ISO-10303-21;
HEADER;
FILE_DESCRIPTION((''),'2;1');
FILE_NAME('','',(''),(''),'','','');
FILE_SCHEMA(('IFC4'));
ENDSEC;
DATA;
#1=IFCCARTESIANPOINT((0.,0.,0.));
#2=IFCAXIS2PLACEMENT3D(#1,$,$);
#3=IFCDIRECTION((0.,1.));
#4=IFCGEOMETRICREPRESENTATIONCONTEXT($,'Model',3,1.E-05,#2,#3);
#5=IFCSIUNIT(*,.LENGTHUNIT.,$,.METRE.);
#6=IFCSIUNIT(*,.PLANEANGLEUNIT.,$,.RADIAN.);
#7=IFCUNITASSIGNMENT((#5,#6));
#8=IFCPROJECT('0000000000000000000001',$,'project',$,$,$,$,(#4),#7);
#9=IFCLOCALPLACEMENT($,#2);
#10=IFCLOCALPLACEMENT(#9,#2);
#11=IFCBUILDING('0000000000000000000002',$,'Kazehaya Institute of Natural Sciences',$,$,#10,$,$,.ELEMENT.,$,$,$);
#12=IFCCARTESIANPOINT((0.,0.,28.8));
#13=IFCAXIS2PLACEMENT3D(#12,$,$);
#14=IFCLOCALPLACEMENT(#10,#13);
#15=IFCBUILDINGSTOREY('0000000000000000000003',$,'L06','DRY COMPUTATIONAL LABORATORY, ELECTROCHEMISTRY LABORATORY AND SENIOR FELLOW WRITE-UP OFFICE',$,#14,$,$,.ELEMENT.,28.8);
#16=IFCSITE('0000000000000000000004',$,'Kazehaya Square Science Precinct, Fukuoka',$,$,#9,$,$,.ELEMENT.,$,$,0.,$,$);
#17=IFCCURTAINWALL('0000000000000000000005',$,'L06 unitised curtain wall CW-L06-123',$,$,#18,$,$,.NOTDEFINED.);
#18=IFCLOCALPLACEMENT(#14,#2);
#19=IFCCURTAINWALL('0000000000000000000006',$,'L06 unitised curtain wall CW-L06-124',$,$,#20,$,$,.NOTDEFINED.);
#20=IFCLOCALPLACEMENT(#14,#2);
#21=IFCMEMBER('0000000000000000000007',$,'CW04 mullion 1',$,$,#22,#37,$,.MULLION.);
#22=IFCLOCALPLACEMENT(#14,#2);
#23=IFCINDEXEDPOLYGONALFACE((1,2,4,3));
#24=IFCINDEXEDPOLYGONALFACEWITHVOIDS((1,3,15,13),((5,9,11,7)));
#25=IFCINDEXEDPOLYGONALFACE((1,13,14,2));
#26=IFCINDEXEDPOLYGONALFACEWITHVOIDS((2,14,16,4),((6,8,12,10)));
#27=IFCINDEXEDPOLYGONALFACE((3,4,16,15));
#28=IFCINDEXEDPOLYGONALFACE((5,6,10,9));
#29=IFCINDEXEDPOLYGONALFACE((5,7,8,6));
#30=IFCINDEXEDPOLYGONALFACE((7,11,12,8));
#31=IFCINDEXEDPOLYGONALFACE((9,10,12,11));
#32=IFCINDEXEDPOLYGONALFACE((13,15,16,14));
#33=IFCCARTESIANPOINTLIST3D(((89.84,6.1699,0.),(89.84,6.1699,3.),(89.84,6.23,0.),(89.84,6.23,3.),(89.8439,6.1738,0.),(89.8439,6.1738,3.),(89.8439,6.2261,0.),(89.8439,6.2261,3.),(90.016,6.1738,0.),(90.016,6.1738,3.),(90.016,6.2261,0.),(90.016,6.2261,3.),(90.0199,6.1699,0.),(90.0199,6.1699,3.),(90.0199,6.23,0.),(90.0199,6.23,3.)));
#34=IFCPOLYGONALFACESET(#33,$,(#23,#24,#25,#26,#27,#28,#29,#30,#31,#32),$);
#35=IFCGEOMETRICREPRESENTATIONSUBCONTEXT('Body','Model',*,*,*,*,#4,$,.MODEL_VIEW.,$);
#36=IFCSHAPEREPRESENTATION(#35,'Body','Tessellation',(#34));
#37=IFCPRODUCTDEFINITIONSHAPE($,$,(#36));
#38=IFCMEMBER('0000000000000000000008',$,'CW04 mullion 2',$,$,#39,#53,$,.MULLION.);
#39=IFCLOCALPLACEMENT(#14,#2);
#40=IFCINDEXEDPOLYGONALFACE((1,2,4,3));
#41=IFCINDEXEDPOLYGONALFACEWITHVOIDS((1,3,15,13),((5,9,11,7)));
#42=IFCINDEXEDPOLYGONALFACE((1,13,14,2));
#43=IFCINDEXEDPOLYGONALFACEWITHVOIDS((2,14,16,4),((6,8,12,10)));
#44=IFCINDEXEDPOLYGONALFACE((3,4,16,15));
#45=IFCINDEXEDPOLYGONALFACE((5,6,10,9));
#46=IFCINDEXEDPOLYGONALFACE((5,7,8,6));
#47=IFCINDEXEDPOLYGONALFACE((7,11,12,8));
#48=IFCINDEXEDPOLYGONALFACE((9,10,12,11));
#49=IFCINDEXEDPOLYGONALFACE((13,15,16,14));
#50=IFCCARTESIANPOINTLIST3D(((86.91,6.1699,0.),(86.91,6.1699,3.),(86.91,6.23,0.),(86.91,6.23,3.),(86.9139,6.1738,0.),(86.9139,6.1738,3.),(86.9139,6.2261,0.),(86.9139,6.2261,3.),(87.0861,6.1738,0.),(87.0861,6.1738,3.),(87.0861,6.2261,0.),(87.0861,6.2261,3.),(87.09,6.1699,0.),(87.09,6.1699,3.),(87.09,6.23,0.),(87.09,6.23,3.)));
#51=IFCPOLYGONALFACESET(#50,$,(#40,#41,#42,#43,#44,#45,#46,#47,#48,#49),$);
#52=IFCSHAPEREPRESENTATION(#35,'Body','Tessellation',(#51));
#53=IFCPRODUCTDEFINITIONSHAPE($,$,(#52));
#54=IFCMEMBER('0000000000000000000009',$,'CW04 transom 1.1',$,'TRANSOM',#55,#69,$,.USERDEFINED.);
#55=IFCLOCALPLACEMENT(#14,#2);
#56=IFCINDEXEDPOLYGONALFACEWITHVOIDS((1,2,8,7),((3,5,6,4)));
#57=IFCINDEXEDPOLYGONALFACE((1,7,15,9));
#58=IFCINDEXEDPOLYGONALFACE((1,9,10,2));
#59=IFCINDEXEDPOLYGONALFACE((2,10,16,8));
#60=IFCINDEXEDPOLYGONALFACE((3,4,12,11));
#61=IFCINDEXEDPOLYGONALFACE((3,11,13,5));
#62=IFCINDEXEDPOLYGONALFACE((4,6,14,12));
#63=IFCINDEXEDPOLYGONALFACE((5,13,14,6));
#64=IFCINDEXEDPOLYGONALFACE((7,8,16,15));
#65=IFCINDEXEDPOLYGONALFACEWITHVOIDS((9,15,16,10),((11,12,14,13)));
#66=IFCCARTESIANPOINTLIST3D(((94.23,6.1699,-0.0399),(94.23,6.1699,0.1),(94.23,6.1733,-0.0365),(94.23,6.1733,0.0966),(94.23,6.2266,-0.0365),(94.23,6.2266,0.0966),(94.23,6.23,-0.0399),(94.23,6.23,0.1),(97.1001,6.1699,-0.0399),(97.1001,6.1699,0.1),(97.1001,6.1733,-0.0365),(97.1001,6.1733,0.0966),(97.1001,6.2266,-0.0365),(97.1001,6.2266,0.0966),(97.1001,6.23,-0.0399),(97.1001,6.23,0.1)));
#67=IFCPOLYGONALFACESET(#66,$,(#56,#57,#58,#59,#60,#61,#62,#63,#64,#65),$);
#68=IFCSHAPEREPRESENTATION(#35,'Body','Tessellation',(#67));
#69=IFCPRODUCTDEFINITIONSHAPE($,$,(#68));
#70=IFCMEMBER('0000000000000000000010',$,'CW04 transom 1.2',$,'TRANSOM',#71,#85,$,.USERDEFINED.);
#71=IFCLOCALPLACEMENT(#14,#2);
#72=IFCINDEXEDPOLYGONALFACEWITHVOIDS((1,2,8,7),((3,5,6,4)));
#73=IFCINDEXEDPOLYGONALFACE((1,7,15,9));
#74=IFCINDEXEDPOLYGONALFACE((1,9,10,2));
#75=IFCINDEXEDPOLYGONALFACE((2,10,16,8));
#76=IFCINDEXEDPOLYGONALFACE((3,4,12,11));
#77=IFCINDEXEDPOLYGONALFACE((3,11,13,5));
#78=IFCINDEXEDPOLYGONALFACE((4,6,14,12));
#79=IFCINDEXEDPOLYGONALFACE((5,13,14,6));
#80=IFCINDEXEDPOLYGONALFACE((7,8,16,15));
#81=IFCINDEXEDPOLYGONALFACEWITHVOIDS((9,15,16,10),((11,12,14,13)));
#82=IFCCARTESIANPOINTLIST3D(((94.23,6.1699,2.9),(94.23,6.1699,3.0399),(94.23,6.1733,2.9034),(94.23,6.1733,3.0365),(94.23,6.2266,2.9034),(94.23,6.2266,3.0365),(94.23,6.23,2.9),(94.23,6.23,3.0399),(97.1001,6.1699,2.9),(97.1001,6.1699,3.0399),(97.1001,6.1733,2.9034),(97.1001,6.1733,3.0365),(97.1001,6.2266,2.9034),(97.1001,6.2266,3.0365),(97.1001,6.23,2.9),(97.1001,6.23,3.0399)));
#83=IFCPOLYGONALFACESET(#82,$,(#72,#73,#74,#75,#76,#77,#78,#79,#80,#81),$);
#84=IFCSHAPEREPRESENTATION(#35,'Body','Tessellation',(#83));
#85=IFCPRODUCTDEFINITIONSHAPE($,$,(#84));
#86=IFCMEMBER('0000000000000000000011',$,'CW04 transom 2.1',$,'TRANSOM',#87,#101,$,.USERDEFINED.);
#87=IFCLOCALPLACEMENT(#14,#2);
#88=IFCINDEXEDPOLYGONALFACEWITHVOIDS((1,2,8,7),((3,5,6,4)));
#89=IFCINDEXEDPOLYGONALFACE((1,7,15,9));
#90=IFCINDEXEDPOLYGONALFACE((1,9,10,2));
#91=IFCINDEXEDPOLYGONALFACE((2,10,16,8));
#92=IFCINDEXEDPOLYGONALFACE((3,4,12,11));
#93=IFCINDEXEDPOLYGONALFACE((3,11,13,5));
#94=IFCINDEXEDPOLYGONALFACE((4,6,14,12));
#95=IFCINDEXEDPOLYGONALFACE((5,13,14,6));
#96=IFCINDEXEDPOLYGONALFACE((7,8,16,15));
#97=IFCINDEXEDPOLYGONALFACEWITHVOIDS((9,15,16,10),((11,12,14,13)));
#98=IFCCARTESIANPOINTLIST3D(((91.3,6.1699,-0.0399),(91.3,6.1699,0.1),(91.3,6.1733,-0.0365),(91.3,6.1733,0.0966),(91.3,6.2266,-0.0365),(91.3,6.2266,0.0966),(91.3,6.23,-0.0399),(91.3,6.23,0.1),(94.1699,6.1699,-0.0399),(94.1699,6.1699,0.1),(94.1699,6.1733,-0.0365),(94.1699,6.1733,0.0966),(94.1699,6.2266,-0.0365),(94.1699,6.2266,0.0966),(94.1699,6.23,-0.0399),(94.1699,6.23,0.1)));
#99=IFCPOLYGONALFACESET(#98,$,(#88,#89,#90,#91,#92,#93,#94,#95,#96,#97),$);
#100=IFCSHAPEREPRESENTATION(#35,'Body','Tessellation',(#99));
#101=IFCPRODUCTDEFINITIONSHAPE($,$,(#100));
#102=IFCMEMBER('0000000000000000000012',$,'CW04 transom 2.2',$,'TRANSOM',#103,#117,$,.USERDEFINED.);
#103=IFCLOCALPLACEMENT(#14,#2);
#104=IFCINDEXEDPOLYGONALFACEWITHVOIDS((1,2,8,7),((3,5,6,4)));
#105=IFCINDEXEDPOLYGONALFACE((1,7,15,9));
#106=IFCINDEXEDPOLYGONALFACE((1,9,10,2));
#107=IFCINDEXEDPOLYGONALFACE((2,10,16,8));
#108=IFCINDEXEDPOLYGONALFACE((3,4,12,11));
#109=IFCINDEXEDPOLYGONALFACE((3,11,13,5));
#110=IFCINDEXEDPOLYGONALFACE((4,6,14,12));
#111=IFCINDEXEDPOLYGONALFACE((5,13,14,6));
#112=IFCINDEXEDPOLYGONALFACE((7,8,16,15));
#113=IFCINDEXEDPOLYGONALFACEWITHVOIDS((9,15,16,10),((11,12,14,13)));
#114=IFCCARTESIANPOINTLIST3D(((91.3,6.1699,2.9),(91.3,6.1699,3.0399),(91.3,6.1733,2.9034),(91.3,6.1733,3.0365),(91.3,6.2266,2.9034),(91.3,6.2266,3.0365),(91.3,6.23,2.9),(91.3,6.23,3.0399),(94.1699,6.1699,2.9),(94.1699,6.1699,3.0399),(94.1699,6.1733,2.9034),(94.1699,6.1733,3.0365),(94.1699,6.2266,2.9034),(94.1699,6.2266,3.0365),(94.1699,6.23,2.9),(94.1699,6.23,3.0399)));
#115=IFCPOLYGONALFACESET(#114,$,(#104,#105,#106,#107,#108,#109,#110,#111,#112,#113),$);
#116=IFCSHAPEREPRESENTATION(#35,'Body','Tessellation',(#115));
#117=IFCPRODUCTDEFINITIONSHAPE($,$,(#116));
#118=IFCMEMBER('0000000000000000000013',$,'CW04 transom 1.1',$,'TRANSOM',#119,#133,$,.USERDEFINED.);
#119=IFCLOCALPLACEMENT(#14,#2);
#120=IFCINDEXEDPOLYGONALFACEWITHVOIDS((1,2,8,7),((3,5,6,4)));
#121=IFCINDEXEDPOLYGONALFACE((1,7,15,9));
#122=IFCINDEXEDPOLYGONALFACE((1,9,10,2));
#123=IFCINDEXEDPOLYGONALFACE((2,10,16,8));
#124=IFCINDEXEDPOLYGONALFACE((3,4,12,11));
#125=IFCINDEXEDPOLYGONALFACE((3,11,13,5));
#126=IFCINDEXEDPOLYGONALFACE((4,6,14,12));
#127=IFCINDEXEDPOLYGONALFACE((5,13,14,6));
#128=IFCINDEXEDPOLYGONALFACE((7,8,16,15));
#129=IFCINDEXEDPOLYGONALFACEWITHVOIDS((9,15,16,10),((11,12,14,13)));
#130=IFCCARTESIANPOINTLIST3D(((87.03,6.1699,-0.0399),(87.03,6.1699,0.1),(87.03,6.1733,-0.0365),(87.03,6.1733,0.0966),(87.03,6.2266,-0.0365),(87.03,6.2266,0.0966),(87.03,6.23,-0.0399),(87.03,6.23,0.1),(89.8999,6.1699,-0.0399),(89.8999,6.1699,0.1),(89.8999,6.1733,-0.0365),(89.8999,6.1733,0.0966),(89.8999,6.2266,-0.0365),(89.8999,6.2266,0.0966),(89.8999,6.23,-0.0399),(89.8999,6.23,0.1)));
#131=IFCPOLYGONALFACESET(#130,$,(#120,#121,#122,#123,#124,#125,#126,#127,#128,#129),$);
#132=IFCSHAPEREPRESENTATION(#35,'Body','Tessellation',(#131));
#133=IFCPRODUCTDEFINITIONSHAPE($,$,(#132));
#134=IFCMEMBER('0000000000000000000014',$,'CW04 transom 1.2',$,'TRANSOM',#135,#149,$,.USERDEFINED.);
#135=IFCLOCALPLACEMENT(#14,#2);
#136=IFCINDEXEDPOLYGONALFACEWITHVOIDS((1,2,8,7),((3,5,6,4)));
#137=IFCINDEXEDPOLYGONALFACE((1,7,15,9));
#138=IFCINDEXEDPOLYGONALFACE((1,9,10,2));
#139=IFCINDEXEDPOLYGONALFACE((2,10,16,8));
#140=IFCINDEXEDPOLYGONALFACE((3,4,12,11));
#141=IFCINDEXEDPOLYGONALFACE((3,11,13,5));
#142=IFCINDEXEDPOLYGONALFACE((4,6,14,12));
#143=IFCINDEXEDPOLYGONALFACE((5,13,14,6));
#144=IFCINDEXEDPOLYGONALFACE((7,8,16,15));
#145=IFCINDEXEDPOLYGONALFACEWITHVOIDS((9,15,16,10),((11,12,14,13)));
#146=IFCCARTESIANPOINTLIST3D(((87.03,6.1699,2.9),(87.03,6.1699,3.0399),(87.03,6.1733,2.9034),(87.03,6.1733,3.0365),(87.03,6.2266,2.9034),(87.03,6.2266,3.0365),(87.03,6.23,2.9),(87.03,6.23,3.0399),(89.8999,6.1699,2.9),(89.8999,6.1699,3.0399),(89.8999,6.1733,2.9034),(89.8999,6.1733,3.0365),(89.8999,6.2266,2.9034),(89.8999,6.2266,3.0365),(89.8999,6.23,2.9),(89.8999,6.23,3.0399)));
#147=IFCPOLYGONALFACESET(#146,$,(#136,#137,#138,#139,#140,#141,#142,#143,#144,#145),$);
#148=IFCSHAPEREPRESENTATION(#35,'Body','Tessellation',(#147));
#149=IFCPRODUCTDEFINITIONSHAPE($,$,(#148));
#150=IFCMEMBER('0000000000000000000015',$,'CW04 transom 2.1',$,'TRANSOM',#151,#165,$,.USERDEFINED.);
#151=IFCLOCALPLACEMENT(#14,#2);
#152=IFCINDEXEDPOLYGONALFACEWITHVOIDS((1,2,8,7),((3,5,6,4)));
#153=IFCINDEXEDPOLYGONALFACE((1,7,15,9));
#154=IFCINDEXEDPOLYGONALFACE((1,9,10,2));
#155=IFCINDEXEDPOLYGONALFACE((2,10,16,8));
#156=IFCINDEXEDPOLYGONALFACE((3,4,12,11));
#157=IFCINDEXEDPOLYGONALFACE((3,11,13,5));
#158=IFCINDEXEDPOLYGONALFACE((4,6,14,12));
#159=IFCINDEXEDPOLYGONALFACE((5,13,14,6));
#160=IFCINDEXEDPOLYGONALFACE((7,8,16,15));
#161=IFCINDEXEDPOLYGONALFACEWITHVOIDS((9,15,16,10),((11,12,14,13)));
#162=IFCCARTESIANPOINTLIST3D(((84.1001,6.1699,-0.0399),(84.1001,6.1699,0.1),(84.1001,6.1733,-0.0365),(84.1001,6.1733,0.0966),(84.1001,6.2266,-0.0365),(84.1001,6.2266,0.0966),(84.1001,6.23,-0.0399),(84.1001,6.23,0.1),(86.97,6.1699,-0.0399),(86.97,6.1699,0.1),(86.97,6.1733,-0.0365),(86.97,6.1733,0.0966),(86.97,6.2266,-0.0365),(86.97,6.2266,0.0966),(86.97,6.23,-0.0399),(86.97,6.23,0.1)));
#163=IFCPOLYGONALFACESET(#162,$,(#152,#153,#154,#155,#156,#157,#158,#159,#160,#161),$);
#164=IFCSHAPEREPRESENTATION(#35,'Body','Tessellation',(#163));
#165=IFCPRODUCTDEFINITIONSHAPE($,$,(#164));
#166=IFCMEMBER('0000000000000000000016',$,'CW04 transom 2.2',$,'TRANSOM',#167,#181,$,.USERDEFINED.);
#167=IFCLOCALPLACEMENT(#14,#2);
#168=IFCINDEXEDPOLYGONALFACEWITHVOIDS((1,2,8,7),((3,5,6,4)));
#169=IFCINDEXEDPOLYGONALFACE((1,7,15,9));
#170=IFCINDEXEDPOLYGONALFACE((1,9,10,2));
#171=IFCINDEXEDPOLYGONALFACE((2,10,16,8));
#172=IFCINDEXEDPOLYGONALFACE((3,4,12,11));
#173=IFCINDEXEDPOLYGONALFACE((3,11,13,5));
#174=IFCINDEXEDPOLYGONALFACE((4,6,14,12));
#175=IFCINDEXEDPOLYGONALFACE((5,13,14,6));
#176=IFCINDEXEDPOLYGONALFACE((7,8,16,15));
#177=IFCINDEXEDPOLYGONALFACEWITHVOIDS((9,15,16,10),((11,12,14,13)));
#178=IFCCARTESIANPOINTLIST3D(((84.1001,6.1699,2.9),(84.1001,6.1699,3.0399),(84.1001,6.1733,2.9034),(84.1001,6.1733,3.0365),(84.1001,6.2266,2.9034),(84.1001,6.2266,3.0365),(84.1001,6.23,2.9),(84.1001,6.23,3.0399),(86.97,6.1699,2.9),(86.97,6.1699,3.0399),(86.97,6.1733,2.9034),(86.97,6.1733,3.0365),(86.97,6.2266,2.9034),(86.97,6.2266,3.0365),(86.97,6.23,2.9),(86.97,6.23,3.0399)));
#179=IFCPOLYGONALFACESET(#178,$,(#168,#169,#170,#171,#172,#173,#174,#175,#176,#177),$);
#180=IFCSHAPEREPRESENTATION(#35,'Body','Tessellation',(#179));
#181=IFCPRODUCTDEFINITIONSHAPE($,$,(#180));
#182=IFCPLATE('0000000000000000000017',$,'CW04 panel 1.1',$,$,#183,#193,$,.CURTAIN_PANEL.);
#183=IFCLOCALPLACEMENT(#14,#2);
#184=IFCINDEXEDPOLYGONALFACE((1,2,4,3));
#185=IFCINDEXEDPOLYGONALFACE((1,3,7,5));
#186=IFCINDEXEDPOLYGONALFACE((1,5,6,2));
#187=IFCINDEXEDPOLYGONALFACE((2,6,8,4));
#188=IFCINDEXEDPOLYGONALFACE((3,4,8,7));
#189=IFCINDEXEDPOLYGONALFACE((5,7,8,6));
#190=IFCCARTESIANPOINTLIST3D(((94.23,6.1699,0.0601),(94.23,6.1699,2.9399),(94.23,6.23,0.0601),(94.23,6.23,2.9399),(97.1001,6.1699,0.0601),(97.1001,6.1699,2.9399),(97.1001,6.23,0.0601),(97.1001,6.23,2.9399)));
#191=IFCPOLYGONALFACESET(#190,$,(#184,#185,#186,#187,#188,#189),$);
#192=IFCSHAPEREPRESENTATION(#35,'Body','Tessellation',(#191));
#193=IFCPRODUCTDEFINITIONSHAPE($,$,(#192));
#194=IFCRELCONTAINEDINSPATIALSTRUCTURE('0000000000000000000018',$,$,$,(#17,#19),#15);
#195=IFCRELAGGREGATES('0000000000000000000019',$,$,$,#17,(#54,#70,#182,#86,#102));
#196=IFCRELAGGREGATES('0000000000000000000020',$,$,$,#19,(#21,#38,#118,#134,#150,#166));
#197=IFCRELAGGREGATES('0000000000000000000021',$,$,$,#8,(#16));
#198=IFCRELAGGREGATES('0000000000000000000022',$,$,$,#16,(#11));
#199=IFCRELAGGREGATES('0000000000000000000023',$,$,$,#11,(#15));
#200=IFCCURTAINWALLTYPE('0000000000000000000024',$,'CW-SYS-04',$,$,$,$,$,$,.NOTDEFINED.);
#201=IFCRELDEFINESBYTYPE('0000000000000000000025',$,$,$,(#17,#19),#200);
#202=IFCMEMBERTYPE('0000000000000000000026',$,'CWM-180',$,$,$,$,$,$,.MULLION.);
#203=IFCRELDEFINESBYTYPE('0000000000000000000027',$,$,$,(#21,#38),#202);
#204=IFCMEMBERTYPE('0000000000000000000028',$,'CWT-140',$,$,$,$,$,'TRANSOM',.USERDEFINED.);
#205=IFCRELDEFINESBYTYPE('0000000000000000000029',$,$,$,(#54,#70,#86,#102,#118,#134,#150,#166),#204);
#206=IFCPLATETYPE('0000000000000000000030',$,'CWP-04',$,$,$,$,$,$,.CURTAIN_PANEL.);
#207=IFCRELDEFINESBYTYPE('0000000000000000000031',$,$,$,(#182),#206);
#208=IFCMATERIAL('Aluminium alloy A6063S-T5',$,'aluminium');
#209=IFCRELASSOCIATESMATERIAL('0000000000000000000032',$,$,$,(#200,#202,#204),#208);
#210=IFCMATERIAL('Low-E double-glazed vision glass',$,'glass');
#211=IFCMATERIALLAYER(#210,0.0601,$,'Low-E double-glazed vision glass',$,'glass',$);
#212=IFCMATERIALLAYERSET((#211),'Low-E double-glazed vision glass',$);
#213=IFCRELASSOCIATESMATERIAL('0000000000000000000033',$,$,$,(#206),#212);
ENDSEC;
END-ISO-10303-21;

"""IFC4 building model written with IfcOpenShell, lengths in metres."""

from ifc_helpers import new_model, si_unit, direction, frame, origin, origin_2d, place, context, subcontext, project, spatial, rectangle, hollow_rectangle, extrude, material, layer, layer_set, material_profile, profile_set, type_object, element, aggregate, save


model = new_model("IFC4")

# Units and contexts
model_context = context("Model", 3, precision=1e-05, world=origin(), true_north=direction((0.0, 1.0)))
body_context = subcontext(model_context, "Body", "Model", "MODEL_VIEW")
ifc_project = project(units=[si_unit("LENGTHUNIT", "METRE"), si_unit("PLANEANGLEUNIT", "RADIAN")], contexts=[model_context])

# Site, building, storey
site_placement = place(None, origin())
site = spatial("IfcSite", under=ifc_project, at=site_placement, Name="Kazehaya Square Science Precinct, Fukuoka", CompositionType="ELEMENT", RefElevation=0.0)
building_placement = place(site_placement, origin())
building = spatial("IfcBuilding", under=site, at=building_placement, Name="Kazehaya Institute of Natural Sciences", CompositionType="ELEMENT")
storey_placement = place(building_placement, frame((0.0, 0.0, 28.8)))
storey = spatial("IfcBuildingStorey", under=building, at=storey_placement, Name="L06", Description="DRY COMPUTATIONAL LABORATORY, ELECTROCHEMISTRY LABORATORY AND SENIOR FELLOW WRITE-UP OFFICE", CompositionType="ELEMENT", Elevation=28.8)

# Curtain walls, members
ifc_material_1 = material(Name="Aluminium alloy A6063S-T5", Category="aluminium")
curtain_wall_type = type_object("IfcCurtainWallType", Name="CW-SYS-04", PredefinedType="NOTDEFINED", material=ifc_material_1)
curtain_wall_1_placement = place(storey_placement, origin())
curtain_wall_1 = element("IfcCurtainWall", 1, at=curtain_wall_1_placement, inside=storey, type_object=curtain_wall_type, Name="L06 unitised curtain wall CW-L06-123", PredefinedType="NOTDEFINED")
ifc_material_profile_1 = material_profile(ifc_material_1, hollow_rectangle(XDim=0.0601, YDim=0.1799, WallThickness=0.0039, at=origin_2d()), Name="ALU-60x180x4")
ifc_profile_set_1 = profile_set([ifc_material_profile_1], Name="Aluminium alloy A6063S-T5")
member_type_1 = type_object("IfcMemberType", Name="CWM-180", PredefinedType="MULLION", material=ifc_profile_set_1)
curtain_wall_2_placement = place(storey_placement, origin())
curtain_wall_2 = element("IfcCurtainWall", 2, at=curtain_wall_2_placement, inside=storey, type_object=curtain_wall_type, Name="L06 unitised curtain wall CW-L06-124", PredefinedType="NOTDEFINED")
member_1_placement = place(storey_placement, frame((89.9299, 6.2, 0.0), z_axis=(0.0, 0.0, 1.0), x_axis=(0.0, -1.0, 0.0)))
member_1 = element("IfcMember", 3, at=member_1_placement, type_object=member_type_1, Name="CW04 mullion 1", PredefinedType="MULLION", context=body_context, shape_type="SweptSolid", body=[
    extrude(hollow_rectangle(XDim=0.0601, YDim=0.1799, WallThickness=0.0039, at=origin_2d()), origin(), (0.0, 0.0, 1.0), 3.0),
])
member_2_placement = place(storey_placement, frame((87.0, 6.2, 0.0), z_axis=(0.0, 0.0, 1.0), x_axis=(0.0, -1.0, 0.0)))
member_2 = element("IfcMember", 4, at=member_2_placement, type_object=member_type_1, Name="CW04 mullion 2", PredefinedType="MULLION", context=body_context, shape_type="SweptSolid", body=[
    extrude(hollow_rectangle(XDim=0.0601, YDim=0.1799, WallThickness=0.0039, at=origin_2d()), origin(), (0.0, 0.0, 1.0), 3.0),
])

# Members
ifc_material_profile_2 = material_profile(ifc_material_1, hollow_rectangle(XDim=0.0601, YDim=0.1399, WallThickness=0.0034, at=origin_2d()), Name="ALU-60x140x3.5")
ifc_profile_set_2 = profile_set([ifc_material_profile_2], Name="Aluminium alloy A6063S-T5")
member_type_2 = type_object("IfcMemberType", Name="CWT-140", ElementType="TRANSOM", PredefinedType="USERDEFINED", material=ifc_profile_set_2)
member_3_placement = place(storey_placement, frame((97.1001, 6.2, 0.03), z_axis=(-1.0, 0.0, 0.0), x_axis=(0.0, -1.0, 0.0)))
member_3 = element("IfcMember", 5, at=member_3_placement, type_object=member_type_2, Name="CW04 transom 1.1", ObjectType="TRANSOM", PredefinedType="USERDEFINED", context=body_context, shape_type="SweptSolid", body=[
    extrude(hollow_rectangle(XDim=0.0601, YDim=0.1399, WallThickness=0.0034, at=origin_2d()), origin(), (0.0, 0.0, 1.0), 2.8701),
])
member_4_placement = place(storey_placement, frame((97.1001, 6.2, 2.97), z_axis=(-1.0, 0.0, 0.0), x_axis=(0.0, -1.0, 0.0)))
member_4 = element("IfcMember", 6, at=member_4_placement, type_object=member_type_2, Name="CW04 transom 1.2", ObjectType="TRANSOM", PredefinedType="USERDEFINED", context=body_context, shape_type="SweptSolid", body=[
    extrude(hollow_rectangle(XDim=0.0601, YDim=0.1399, WallThickness=0.0034, at=origin_2d()), origin(), (0.0, 0.0, 1.0), 2.8701),
])
member_5_placement = place(storey_placement, frame((94.1699, 6.2, 0.03), z_axis=(-1.0, 0.0, 0.0), x_axis=(0.0, -1.0, 0.0)))
member_5 = element("IfcMember", 7, at=member_5_placement, type_object=member_type_2, Name="CW04 transom 2.1", ObjectType="TRANSOM", PredefinedType="USERDEFINED", context=body_context, shape_type="SweptSolid", body=[
    extrude(hollow_rectangle(XDim=0.0601, YDim=0.1399, WallThickness=0.0034, at=origin_2d()), origin(), (0.0, 0.0, 1.0), 2.8699),
])
member_6_placement = place(storey_placement, frame((94.1699, 6.2, 2.97), z_axis=(-1.0, 0.0, 0.0), x_axis=(0.0, -1.0, 0.0)))
member_6 = element("IfcMember", 8, at=member_6_placement, type_object=member_type_2, Name="CW04 transom 2.2", ObjectType="TRANSOM", PredefinedType="USERDEFINED", context=body_context, shape_type="SweptSolid", body=[
    extrude(hollow_rectangle(XDim=0.0601, YDim=0.1399, WallThickness=0.0034, at=origin_2d()), origin(), (0.0, 0.0, 1.0), 2.8699),
])
member_7_placement = place(storey_placement, frame((89.8999, 6.2, 0.03), z_axis=(-1.0, 0.0, 0.0), x_axis=(0.0, -1.0, 0.0)))
member_7 = element("IfcMember", 9, at=member_7_placement, type_object=member_type_2, Name="CW04 transom 1.1", ObjectType="TRANSOM", PredefinedType="USERDEFINED", context=body_context, shape_type="SweptSolid", body=[
    extrude(hollow_rectangle(XDim=0.0601, YDim=0.1399, WallThickness=0.0034, at=origin_2d()), origin(), (0.0, 0.0, 1.0), 2.8699),
])
member_8_placement = place(storey_placement, frame((89.8999, 6.2, 2.97), z_axis=(-1.0, 0.0, 0.0), x_axis=(0.0, -1.0, 0.0)))
member_8 = element("IfcMember", 10, at=member_8_placement, type_object=member_type_2, Name="CW04 transom 1.2", ObjectType="TRANSOM", PredefinedType="USERDEFINED", context=body_context, shape_type="SweptSolid", body=[
    extrude(hollow_rectangle(XDim=0.0601, YDim=0.1399, WallThickness=0.0034, at=origin_2d()), origin(), (0.0, 0.0, 1.0), 2.8699),
])
member_9_placement = place(storey_placement, frame((86.97, 6.2, 0.03), z_axis=(-1.0, 0.0, 0.0), x_axis=(0.0, -1.0, 0.0)))
member_9 = element("IfcMember", 11, at=member_9_placement, type_object=member_type_2, Name="CW04 transom 2.1", ObjectType="TRANSOM", PredefinedType="USERDEFINED", context=body_context, shape_type="SweptSolid", body=[
    extrude(hollow_rectangle(XDim=0.0601, YDim=0.1399, WallThickness=0.0034, at=origin_2d()), origin(), (0.0, 0.0, 1.0), 2.8699),
])
member_10_placement = place(storey_placement, frame((86.97, 6.2, 2.97), z_axis=(-1.0, 0.0, 0.0), x_axis=(0.0, -1.0, 0.0)))
member_10 = element("IfcMember", 12, at=member_10_placement, type_object=member_type_2, Name="CW04 transom 2.2", ObjectType="TRANSOM", PredefinedType="USERDEFINED", context=body_context, shape_type="SweptSolid", body=[
    extrude(hollow_rectangle(XDim=0.0601, YDim=0.1399, WallThickness=0.0034, at=origin_2d()), origin(), (0.0, 0.0, 1.0), 2.8699),
])

# Plate
ifc_material_2 = material(Name="Low-E double-glazed vision glass", Category="glass")
ifc_layer_1 = layer(ifc_material_2, 0.0601, Name="Low-E double-glazed vision glass", Category="glass")
ifc_layer_set_1 = layer_set([ifc_layer_1], Name="Low-E double-glazed vision glass")
plate_type_1 = type_object("IfcPlateType", Name="CWP-04", PredefinedType="CURTAIN_PANEL", material=ifc_layer_set_1)
plate_1_placement = place(storey_placement, frame((95.665, 6.2, 0.0601), z_axis=(0.0, 0.0, 1.0), x_axis=(-1.0, 0.0, 0.0)))
plate_1 = element("IfcPlate", 13, at=plate_1_placement, type_object=plate_type_1, Name="CW04 panel 1.1", PredefinedType="CURTAIN_PANEL", context=body_context, shape_type="SweptSolid", body=[
    extrude(rectangle(XDim=2.8701, YDim=0.0601, at=origin_2d()), origin(), (0.0, 0.0, 1.0), 2.8799),
])
aggregate(curtain_wall_1, [member_3, member_4, plate_1, member_5, member_6])
aggregate(curtain_wall_2, [member_1, member_2, member_7, member_8, member_9, member_10])

save(model, "model.ifc")
